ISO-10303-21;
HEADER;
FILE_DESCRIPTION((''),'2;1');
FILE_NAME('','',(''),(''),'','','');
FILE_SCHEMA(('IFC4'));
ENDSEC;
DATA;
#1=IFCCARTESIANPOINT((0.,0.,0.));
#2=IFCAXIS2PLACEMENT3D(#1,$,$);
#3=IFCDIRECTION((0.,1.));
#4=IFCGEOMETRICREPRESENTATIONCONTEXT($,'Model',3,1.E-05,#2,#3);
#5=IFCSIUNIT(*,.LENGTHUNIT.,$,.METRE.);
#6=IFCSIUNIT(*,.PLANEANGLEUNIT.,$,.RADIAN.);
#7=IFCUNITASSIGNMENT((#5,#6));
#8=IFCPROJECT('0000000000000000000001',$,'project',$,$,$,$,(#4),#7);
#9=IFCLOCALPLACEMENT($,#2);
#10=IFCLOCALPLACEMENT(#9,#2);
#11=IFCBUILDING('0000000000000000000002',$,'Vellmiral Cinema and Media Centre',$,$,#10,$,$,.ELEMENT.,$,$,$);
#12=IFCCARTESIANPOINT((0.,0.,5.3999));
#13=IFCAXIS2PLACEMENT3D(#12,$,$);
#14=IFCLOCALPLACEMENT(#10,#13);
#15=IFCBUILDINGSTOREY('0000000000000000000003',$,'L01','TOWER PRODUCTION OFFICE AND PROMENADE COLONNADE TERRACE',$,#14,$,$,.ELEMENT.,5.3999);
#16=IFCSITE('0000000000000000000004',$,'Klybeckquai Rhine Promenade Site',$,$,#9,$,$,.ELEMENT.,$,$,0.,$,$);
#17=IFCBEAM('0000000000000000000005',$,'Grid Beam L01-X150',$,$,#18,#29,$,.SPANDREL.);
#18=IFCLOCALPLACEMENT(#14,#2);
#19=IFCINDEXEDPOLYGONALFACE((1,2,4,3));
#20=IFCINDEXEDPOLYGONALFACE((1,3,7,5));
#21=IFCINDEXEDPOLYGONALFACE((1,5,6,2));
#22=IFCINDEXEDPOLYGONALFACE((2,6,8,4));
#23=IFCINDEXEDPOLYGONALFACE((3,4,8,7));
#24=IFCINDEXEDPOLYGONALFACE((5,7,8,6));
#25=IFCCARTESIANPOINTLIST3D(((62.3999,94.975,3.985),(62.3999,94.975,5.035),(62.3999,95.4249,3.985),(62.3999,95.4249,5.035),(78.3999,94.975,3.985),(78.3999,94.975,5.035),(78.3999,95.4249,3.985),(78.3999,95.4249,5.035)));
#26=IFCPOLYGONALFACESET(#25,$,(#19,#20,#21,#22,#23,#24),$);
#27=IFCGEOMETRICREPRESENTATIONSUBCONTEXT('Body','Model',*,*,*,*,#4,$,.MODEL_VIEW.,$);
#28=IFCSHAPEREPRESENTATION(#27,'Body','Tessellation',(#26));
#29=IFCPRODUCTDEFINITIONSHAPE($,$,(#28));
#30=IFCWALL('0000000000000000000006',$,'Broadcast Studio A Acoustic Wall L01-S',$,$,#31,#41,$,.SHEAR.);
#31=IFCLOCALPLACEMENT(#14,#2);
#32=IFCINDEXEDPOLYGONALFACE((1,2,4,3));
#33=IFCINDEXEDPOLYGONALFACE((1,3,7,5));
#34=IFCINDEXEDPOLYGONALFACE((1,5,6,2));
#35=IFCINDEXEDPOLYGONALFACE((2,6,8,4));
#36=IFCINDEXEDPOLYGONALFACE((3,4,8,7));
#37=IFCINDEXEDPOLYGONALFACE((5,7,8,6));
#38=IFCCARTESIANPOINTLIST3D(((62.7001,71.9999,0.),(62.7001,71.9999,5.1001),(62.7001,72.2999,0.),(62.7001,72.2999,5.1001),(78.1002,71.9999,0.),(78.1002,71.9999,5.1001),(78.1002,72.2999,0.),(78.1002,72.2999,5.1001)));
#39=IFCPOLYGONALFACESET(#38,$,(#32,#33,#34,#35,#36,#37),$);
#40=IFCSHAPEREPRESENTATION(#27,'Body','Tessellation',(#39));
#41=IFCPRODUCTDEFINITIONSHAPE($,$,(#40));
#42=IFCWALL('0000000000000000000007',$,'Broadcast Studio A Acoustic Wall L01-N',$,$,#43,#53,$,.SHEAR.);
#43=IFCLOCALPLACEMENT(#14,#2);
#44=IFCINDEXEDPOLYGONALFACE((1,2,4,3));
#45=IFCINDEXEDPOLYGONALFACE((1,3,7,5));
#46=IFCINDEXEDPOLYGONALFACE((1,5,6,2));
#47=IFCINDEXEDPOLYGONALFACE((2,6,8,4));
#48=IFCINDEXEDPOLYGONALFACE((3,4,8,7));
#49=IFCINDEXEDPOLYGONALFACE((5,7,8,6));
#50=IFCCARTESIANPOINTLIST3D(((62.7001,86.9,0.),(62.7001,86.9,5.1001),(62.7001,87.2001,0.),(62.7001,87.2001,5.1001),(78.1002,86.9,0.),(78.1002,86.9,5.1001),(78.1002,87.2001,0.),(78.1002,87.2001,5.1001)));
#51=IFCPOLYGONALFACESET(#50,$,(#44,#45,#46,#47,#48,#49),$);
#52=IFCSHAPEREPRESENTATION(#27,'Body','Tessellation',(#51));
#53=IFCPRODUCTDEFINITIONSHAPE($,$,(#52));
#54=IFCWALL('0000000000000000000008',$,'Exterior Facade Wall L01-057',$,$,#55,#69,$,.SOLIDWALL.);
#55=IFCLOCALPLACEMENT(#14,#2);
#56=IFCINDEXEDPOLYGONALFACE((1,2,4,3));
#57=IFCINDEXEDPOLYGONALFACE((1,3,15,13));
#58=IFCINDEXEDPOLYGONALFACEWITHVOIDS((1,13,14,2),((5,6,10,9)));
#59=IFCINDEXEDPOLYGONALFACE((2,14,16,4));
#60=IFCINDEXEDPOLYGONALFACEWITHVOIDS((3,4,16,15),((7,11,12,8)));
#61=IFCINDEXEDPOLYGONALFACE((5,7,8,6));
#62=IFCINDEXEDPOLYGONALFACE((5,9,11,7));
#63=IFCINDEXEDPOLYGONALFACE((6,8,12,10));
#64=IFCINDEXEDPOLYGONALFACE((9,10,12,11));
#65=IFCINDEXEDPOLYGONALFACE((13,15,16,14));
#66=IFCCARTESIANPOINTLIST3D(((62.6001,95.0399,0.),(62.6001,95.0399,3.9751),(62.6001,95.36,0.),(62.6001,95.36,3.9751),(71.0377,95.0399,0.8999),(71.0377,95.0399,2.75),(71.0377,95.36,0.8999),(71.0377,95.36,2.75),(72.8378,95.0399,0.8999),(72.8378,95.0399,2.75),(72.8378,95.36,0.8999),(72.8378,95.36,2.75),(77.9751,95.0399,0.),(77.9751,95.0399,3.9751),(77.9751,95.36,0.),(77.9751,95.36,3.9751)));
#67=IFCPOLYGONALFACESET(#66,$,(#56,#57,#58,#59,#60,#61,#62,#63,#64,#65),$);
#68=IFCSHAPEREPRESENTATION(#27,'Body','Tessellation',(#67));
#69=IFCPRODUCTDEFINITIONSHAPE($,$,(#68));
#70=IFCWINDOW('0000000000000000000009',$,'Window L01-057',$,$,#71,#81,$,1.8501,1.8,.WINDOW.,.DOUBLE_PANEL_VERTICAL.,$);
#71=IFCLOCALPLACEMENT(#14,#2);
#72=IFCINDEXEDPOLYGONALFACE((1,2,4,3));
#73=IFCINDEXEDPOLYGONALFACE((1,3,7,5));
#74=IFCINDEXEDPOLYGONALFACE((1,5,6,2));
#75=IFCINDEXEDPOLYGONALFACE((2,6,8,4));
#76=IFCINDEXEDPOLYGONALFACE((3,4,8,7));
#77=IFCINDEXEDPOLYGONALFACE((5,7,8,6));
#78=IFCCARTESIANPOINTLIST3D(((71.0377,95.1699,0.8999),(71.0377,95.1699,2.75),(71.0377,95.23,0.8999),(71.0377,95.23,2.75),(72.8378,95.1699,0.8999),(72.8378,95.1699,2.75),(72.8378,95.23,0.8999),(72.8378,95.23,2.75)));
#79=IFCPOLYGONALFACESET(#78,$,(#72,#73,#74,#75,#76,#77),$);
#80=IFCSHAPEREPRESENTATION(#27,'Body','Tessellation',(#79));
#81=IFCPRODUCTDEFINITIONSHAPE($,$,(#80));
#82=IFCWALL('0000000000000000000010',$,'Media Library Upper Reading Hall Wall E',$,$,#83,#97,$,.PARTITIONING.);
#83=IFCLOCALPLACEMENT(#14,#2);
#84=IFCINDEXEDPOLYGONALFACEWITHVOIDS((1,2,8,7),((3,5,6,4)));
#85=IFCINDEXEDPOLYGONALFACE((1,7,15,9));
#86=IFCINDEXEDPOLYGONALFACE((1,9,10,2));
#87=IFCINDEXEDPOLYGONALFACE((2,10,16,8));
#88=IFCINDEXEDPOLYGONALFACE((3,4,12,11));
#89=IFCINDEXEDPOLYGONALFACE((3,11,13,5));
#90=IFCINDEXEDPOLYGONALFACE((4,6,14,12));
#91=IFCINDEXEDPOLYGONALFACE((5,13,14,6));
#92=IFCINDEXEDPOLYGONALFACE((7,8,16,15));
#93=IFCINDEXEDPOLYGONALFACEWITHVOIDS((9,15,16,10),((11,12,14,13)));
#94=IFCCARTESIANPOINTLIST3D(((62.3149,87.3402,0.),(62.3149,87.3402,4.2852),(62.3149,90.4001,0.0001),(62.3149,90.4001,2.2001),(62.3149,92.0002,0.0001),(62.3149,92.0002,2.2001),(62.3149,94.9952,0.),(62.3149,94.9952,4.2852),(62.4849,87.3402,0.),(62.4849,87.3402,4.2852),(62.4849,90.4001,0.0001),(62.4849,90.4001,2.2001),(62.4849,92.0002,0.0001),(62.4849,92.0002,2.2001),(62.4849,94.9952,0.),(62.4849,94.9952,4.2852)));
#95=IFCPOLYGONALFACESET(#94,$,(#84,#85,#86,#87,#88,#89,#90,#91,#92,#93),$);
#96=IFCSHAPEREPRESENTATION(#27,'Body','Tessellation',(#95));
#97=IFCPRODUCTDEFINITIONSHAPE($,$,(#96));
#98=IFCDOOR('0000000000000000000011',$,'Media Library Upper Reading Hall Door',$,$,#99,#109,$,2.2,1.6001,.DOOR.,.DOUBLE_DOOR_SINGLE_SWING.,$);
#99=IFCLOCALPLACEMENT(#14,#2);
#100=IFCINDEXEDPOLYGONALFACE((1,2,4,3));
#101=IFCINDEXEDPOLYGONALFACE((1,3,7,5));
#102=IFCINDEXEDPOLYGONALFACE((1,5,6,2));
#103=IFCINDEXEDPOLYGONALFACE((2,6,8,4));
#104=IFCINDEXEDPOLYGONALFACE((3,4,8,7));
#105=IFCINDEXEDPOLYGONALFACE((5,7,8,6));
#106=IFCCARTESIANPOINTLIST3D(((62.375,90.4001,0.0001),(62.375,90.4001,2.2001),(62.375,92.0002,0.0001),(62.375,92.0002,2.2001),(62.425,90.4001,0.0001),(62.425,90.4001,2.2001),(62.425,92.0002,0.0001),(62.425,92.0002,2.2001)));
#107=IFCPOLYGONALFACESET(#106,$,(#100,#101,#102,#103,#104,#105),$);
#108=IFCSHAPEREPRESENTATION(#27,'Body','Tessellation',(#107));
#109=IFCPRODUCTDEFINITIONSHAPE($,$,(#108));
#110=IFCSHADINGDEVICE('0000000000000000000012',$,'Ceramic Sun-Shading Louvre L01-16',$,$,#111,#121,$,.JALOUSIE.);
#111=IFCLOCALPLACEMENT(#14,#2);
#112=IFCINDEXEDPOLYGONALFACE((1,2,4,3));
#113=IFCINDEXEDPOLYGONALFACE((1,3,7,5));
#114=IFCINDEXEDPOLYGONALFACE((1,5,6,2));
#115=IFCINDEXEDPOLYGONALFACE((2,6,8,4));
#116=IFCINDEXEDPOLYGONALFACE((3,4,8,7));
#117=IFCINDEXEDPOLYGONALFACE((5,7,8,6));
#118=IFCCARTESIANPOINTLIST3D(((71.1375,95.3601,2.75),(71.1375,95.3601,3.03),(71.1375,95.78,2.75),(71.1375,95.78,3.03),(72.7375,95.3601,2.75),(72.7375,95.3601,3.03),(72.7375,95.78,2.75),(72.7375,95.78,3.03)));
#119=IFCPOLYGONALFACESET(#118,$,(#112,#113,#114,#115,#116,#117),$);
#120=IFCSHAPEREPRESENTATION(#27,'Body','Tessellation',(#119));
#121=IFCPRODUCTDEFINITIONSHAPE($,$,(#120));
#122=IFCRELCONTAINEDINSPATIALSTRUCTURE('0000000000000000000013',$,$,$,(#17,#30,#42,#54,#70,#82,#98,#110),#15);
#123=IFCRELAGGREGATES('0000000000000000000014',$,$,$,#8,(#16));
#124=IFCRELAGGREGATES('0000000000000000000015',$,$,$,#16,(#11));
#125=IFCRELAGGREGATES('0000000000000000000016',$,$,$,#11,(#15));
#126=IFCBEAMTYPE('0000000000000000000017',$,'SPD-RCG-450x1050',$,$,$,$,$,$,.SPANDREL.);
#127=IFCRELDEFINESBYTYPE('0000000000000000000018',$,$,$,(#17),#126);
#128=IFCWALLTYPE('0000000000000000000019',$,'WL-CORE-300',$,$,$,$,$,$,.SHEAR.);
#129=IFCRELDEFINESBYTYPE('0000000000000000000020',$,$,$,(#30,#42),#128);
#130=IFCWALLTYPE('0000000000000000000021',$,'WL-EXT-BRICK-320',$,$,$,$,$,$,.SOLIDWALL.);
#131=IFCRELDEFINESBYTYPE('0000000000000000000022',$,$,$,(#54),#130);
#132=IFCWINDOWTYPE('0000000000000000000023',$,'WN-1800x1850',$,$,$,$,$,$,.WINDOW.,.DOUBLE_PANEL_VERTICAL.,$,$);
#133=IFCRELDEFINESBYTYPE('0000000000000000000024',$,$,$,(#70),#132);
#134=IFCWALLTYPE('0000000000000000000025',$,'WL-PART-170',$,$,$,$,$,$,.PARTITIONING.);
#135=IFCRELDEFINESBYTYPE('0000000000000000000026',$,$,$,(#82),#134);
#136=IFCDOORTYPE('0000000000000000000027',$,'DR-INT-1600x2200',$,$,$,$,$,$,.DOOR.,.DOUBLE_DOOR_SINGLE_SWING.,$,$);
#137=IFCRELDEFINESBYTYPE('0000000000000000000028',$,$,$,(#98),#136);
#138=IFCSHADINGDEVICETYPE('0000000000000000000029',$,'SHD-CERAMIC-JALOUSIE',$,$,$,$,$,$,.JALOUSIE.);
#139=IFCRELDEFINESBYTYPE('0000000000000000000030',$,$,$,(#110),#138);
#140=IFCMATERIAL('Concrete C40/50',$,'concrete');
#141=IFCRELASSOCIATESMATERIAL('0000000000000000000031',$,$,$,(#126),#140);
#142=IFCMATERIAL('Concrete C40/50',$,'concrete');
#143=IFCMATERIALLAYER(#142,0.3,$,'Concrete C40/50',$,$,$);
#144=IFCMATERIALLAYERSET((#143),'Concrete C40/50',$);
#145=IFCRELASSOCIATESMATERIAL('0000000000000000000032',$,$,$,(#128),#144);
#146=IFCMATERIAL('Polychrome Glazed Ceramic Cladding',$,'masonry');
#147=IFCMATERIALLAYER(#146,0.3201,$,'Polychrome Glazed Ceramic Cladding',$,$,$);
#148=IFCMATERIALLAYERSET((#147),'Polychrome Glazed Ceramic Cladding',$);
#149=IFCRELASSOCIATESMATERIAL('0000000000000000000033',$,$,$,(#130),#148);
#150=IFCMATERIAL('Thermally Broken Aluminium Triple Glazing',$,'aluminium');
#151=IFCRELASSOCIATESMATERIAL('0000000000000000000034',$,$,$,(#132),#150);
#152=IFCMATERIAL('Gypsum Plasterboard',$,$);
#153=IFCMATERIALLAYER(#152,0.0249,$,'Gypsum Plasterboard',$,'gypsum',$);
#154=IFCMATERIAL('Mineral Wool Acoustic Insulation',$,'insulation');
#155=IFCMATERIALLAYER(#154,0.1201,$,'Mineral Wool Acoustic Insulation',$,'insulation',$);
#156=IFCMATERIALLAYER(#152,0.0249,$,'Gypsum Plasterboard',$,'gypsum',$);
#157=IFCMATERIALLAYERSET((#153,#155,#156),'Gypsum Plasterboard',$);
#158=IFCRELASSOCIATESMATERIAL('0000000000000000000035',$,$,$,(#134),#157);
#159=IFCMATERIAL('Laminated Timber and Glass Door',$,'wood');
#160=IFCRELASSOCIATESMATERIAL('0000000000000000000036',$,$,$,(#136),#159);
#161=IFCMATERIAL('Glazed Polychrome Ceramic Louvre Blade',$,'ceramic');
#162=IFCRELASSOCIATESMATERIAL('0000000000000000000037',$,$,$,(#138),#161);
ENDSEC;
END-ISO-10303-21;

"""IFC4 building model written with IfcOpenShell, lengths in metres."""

from ifc_helpers import new_model, si_unit, direction, frame, frame_2d, origin, origin_2d, place, context, subcontext, project, spatial, rectangle, extrude, material, layer, layer_set, material_profile, profile_set, type_object, element, fill, save


model = new_model("IFC4")

# Units and contexts
model_context = context("Model", 3, precision=1e-05, world=origin(), true_north=direction((0.0, 1.0)))
body_context = subcontext(model_context, "Body", "Model", "MODEL_VIEW")
ifc_project = project(units=[si_unit("LENGTHUNIT", "METRE"), si_unit("PLANEANGLEUNIT", "RADIAN")], contexts=[model_context])

# Site, building, storey
site_placement = place(None, origin())
site = spatial("IfcSite", under=ifc_project, at=site_placement, Name="Klybeckquai Rhine Promenade Site", CompositionType="ELEMENT", RefElevation=0.0)
building_placement = place(site_placement, origin())
building = spatial("IfcBuilding", under=site, at=building_placement, Name="Vellmiral Cinema and Media Centre", CompositionType="ELEMENT")
storey_placement = place(building_placement, frame((0.0, 0.0, 5.3999)))
storey = spatial("IfcBuildingStorey", under=building, at=storey_placement, Name="L01", Description="TOWER PRODUCTION OFFICE AND PROMENADE COLONNADE TERRACE", CompositionType="ELEMENT", Elevation=5.3999)

# Beam
ifc_material_1 = material(Name="Concrete C40/50", Category="concrete")
ifc_material_profile_1 = material_profile(ifc_material_1, rectangle(XDim=0.45, YDim=1.05, at=origin_2d()), Name="RC 450x1050")
ifc_profile_set_1 = profile_set([ifc_material_profile_1], Name="Concrete C40/50")
beam_type_1 = type_object("IfcBeamType", Name="SPD-RCG-450x1050", PredefinedType="SPANDREL", material=ifc_profile_set_1)
beam_1_placement = place(storey_placement, frame((62.3999, 95.2, 4.51), z_axis=(1.0, 0.0, 0.0), x_axis=(0.0, 1.0, 0.0)))
element("IfcBeam", 1, at=beam_1_placement, inside=storey, type_object=beam_type_1, Name="Grid Beam L01-X150", PredefinedType="SPANDREL", context=body_context, shape_type="SweptSolid", body=[
    extrude(rectangle(XDim=0.45, YDim=1.05, at=origin_2d()), origin(), (0.0, 0.0, 1.0), 16.0),
])

# Walls
ifc_material_2 = material(Name="Concrete C40/50", Category="concrete")
ifc_layer_1 = layer(ifc_material_2, 0.3, Name="Concrete C40/50")
ifc_layer_set_1 = layer_set([ifc_layer_1], Name="Concrete C40/50")
wall_type_1 = type_object("IfcWallType", Name="WL-CORE-300", PredefinedType="SHEAR", material=ifc_layer_set_1)
for number, where, z_axis, x_axis, name in (
    (2, (62.7, 72.1499, 0.0), (0.0, 0.0, 1.0), (1.0, 0.0, 0.0), "Broadcast Studio A Acoustic Wall L01-S"),
    (3, (62.7, 87.05, 0.0), (0.0, 0.0, 1.0), (1.0, 0.0, 0.0), "Broadcast Studio A Acoustic Wall L01-N"),
):
    element("IfcWall", number, at=place(storey_placement, frame(where, z_axis=z_axis, x_axis=x_axis)), inside=storey, type_object=wall_type_1, Name=name, PredefinedType="SHEAR", context=body_context, shape_type="SweptSolid", body=[
        extrude(rectangle(XDim=15.4001, YDim=0.3, at=frame_2d((7.7002, 0.0))), origin(), (0.0, 0.0, 1.0), 5.1001),
    ])

# Wall, opening, window
ifc_material_3 = material(Name="Polychrome Glazed Ceramic Cladding", Category="masonry")
ifc_layer_2 = layer(ifc_material_3, 0.3201, Name="Polychrome Glazed Ceramic Cladding")
ifc_layer_set_2 = layer_set([ifc_layer_2], Name="Polychrome Glazed Ceramic Cladding")
wall_type_2 = type_object("IfcWallType", Name="WL-EXT-BRICK-320", PredefinedType="SOLIDWALL", material=ifc_layer_set_2)
wall_1_placement = place(storey_placement, frame((77.9751, 95.2, 0.0), z_axis=(0.0, 0.0, 1.0), x_axis=(-1.0, 0.0, 0.0)))
wall_1 = element("IfcWall", 4, at=wall_1_placement, inside=storey, type_object=wall_type_2, Name="Exterior Facade Wall L01-057", PredefinedType="SOLIDWALL", context=body_context, shape_type="SweptSolid", body=[
    extrude(rectangle(XDim=15.375, YDim=0.3201, at=frame_2d((7.6875, 0.0))), origin(), (0.0, 0.0, 1.0), 3.9751),
])
opening_1_placement = place(wall_1_placement, frame((5.1375, 0.0, 0.8999)))
opening_1 = element("IfcOpeningElement", 5, at=opening_1_placement, cuts=wall_1, PredefinedType="OPENING", context=body_context, shape_type="SweptSolid", body=[
    extrude(rectangle(XDim=1.8, YDim=1.8501, at=frame_2d((0.8999, 0.925))), frame((0.0, 0.1719, 0.0), z_axis=(0.0, -1.0, 0.0), x_axis=(1.0, 0.0, 0.0)), (0.0, 0.0, 1.0), 0.344),
])
ifc_material_4 = material(Name="Thermally Broken Aluminium Triple Glazing", Category="aluminium")
window_type = type_object("IfcWindowType", Name="WN-1800x1850", PartitioningType="DOUBLE_PANEL_VERTICAL", PredefinedType="WINDOW", material=ifc_material_4)
window_placement = place(opening_1_placement, origin())
window = element("IfcWindow", 6, at=window_placement, inside=storey, type_object=window_type, Name="Window L01-057", OverallHeight=1.8501, OverallWidth=1.8, PartitioningType="DOUBLE_PANEL_VERTICAL", PredefinedType="WINDOW", context=body_context, shape_type="SweptSolid", body=[
    extrude(rectangle(XDim=1.8, YDim=1.8501, at=frame_2d((0.8999, 0.925))), frame((0.0, 0.03, 0.0), z_axis=(0.0, -1.0, 0.0), x_axis=(1.0, 0.0, 0.0)), (0.0, 0.0, 1.0), 0.0601),
])
fill(opening_1, window)

# Wall, opening, door
ifc_material_5 = material(Name="Gypsum Plasterboard")
ifc_layer_3 = layer(ifc_material_5, 0.0249, Name="Gypsum Plasterboard", Category="gypsum")
ifc_material_6 = material(Name="Mineral Wool Acoustic Insulation", Category="insulation")
ifc_layer_4 = layer(ifc_material_6, 0.1201, Name="Mineral Wool Acoustic Insulation", Category="insulation")
ifc_layer_5 = layer(ifc_material_5, 0.0249, Name="Gypsum Plasterboard", Category="gypsum")
ifc_layer_set_3 = layer_set([ifc_layer_3, ifc_layer_4, ifc_layer_5], Name="Gypsum Plasterboard")
wall_type_3 = type_object("IfcWallType", Name="WL-PART-170", PredefinedType="PARTITIONING", material=ifc_layer_set_3)
wall_2_placement = place(storey_placement, frame((62.3999, 87.3401, 0.0), z_axis=(0.0, 0.0, 1.0), x_axis=(0.0, 1.0, 0.0)))
wall_2 = element("IfcWall", 7, at=wall_2_placement, inside=storey, type_object=wall_type_3, Name="Media Library Upper Reading Hall Wall E", PredefinedType="PARTITIONING", context=body_context, shape_type="SweptSolid", body=[
    extrude(rectangle(XDim=7.655, YDim=0.1699, at=frame_2d((3.8276, 0.0))), origin(), (0.0, 0.0, 1.0), 4.2852),
])
opening_2_placement = place(wall_2_placement, frame((3.0601, 0.0, 0.0)))
opening_2 = element("IfcOpeningElement", 8, at=opening_2_placement, cuts=wall_2, PredefinedType="OPENING", context=body_context, shape_type="SweptSolid", body=[
    extrude(rectangle(XDim=1.6001, YDim=2.2, at=frame_2d((0.8, 1.1001))), frame((0.0, 0.0969, 0.0), z_axis=(0.0, -1.0, 0.0), x_axis=(1.0, 0.0, 0.0)), (0.0, 0.0, 1.0), 0.1938),
])
ifc_material_7 = material(Name="Laminated Timber and Glass Door", Category="wood")
door_type = type_object("IfcDoorType", Name="DR-INT-1600x2200", OperationType="DOUBLE_DOOR_SINGLE_SWING", PredefinedType="DOOR", material=ifc_material_7)
door_placement = place(opening_2_placement, origin())
door = element("IfcDoor", 9, at=door_placement, inside=storey, type_object=door_type, Name="Media Library Upper Reading Hall Door", OperationType="DOUBLE_DOOR_SINGLE_SWING", OverallHeight=2.2, OverallWidth=1.6001, PredefinedType="DOOR", context=body_context, shape_type="SweptSolid", body=[
    extrude(rectangle(XDim=1.6001, YDim=2.2, at=frame_2d((0.8, 1.1001))), frame((0.0, 0.0249, 0.0), z_axis=(0.0, -1.0, 0.0), x_axis=(1.0, 0.0, 0.0)), (0.0, 0.0, 1.0), 0.05),
])
fill(opening_2, door)

# Shading device
ifc_material_8 = material(Name="Glazed Polychrome Ceramic Louvre Blade", Category="ceramic")
shading_device_type = type_object("IfcShadingDeviceType", Name="SHD-CERAMIC-JALOUSIE", PredefinedType="JALOUSIE", material=ifc_material_8)
shading_device_placement = place(storey_placement, frame((71.9375, 95.5701, 2.75), z_axis=(0.0, 0.0, 1.0), x_axis=(-1.0, 0.0, 0.0)))
element("IfcShadingDevice", 10, at=shading_device_placement, inside=storey, type_object=shading_device_type, Name="Ceramic Sun-Shading Louvre L01-16", PredefinedType="JALOUSIE", context=body_context, shape_type="SweptSolid", body=[
    extrude(rectangle(XDim=1.6001, YDim=0.4199, at=origin_2d()), origin(), (0.0, 0.0, 1.0), 0.28),
])

save(model, "model.ifc")
